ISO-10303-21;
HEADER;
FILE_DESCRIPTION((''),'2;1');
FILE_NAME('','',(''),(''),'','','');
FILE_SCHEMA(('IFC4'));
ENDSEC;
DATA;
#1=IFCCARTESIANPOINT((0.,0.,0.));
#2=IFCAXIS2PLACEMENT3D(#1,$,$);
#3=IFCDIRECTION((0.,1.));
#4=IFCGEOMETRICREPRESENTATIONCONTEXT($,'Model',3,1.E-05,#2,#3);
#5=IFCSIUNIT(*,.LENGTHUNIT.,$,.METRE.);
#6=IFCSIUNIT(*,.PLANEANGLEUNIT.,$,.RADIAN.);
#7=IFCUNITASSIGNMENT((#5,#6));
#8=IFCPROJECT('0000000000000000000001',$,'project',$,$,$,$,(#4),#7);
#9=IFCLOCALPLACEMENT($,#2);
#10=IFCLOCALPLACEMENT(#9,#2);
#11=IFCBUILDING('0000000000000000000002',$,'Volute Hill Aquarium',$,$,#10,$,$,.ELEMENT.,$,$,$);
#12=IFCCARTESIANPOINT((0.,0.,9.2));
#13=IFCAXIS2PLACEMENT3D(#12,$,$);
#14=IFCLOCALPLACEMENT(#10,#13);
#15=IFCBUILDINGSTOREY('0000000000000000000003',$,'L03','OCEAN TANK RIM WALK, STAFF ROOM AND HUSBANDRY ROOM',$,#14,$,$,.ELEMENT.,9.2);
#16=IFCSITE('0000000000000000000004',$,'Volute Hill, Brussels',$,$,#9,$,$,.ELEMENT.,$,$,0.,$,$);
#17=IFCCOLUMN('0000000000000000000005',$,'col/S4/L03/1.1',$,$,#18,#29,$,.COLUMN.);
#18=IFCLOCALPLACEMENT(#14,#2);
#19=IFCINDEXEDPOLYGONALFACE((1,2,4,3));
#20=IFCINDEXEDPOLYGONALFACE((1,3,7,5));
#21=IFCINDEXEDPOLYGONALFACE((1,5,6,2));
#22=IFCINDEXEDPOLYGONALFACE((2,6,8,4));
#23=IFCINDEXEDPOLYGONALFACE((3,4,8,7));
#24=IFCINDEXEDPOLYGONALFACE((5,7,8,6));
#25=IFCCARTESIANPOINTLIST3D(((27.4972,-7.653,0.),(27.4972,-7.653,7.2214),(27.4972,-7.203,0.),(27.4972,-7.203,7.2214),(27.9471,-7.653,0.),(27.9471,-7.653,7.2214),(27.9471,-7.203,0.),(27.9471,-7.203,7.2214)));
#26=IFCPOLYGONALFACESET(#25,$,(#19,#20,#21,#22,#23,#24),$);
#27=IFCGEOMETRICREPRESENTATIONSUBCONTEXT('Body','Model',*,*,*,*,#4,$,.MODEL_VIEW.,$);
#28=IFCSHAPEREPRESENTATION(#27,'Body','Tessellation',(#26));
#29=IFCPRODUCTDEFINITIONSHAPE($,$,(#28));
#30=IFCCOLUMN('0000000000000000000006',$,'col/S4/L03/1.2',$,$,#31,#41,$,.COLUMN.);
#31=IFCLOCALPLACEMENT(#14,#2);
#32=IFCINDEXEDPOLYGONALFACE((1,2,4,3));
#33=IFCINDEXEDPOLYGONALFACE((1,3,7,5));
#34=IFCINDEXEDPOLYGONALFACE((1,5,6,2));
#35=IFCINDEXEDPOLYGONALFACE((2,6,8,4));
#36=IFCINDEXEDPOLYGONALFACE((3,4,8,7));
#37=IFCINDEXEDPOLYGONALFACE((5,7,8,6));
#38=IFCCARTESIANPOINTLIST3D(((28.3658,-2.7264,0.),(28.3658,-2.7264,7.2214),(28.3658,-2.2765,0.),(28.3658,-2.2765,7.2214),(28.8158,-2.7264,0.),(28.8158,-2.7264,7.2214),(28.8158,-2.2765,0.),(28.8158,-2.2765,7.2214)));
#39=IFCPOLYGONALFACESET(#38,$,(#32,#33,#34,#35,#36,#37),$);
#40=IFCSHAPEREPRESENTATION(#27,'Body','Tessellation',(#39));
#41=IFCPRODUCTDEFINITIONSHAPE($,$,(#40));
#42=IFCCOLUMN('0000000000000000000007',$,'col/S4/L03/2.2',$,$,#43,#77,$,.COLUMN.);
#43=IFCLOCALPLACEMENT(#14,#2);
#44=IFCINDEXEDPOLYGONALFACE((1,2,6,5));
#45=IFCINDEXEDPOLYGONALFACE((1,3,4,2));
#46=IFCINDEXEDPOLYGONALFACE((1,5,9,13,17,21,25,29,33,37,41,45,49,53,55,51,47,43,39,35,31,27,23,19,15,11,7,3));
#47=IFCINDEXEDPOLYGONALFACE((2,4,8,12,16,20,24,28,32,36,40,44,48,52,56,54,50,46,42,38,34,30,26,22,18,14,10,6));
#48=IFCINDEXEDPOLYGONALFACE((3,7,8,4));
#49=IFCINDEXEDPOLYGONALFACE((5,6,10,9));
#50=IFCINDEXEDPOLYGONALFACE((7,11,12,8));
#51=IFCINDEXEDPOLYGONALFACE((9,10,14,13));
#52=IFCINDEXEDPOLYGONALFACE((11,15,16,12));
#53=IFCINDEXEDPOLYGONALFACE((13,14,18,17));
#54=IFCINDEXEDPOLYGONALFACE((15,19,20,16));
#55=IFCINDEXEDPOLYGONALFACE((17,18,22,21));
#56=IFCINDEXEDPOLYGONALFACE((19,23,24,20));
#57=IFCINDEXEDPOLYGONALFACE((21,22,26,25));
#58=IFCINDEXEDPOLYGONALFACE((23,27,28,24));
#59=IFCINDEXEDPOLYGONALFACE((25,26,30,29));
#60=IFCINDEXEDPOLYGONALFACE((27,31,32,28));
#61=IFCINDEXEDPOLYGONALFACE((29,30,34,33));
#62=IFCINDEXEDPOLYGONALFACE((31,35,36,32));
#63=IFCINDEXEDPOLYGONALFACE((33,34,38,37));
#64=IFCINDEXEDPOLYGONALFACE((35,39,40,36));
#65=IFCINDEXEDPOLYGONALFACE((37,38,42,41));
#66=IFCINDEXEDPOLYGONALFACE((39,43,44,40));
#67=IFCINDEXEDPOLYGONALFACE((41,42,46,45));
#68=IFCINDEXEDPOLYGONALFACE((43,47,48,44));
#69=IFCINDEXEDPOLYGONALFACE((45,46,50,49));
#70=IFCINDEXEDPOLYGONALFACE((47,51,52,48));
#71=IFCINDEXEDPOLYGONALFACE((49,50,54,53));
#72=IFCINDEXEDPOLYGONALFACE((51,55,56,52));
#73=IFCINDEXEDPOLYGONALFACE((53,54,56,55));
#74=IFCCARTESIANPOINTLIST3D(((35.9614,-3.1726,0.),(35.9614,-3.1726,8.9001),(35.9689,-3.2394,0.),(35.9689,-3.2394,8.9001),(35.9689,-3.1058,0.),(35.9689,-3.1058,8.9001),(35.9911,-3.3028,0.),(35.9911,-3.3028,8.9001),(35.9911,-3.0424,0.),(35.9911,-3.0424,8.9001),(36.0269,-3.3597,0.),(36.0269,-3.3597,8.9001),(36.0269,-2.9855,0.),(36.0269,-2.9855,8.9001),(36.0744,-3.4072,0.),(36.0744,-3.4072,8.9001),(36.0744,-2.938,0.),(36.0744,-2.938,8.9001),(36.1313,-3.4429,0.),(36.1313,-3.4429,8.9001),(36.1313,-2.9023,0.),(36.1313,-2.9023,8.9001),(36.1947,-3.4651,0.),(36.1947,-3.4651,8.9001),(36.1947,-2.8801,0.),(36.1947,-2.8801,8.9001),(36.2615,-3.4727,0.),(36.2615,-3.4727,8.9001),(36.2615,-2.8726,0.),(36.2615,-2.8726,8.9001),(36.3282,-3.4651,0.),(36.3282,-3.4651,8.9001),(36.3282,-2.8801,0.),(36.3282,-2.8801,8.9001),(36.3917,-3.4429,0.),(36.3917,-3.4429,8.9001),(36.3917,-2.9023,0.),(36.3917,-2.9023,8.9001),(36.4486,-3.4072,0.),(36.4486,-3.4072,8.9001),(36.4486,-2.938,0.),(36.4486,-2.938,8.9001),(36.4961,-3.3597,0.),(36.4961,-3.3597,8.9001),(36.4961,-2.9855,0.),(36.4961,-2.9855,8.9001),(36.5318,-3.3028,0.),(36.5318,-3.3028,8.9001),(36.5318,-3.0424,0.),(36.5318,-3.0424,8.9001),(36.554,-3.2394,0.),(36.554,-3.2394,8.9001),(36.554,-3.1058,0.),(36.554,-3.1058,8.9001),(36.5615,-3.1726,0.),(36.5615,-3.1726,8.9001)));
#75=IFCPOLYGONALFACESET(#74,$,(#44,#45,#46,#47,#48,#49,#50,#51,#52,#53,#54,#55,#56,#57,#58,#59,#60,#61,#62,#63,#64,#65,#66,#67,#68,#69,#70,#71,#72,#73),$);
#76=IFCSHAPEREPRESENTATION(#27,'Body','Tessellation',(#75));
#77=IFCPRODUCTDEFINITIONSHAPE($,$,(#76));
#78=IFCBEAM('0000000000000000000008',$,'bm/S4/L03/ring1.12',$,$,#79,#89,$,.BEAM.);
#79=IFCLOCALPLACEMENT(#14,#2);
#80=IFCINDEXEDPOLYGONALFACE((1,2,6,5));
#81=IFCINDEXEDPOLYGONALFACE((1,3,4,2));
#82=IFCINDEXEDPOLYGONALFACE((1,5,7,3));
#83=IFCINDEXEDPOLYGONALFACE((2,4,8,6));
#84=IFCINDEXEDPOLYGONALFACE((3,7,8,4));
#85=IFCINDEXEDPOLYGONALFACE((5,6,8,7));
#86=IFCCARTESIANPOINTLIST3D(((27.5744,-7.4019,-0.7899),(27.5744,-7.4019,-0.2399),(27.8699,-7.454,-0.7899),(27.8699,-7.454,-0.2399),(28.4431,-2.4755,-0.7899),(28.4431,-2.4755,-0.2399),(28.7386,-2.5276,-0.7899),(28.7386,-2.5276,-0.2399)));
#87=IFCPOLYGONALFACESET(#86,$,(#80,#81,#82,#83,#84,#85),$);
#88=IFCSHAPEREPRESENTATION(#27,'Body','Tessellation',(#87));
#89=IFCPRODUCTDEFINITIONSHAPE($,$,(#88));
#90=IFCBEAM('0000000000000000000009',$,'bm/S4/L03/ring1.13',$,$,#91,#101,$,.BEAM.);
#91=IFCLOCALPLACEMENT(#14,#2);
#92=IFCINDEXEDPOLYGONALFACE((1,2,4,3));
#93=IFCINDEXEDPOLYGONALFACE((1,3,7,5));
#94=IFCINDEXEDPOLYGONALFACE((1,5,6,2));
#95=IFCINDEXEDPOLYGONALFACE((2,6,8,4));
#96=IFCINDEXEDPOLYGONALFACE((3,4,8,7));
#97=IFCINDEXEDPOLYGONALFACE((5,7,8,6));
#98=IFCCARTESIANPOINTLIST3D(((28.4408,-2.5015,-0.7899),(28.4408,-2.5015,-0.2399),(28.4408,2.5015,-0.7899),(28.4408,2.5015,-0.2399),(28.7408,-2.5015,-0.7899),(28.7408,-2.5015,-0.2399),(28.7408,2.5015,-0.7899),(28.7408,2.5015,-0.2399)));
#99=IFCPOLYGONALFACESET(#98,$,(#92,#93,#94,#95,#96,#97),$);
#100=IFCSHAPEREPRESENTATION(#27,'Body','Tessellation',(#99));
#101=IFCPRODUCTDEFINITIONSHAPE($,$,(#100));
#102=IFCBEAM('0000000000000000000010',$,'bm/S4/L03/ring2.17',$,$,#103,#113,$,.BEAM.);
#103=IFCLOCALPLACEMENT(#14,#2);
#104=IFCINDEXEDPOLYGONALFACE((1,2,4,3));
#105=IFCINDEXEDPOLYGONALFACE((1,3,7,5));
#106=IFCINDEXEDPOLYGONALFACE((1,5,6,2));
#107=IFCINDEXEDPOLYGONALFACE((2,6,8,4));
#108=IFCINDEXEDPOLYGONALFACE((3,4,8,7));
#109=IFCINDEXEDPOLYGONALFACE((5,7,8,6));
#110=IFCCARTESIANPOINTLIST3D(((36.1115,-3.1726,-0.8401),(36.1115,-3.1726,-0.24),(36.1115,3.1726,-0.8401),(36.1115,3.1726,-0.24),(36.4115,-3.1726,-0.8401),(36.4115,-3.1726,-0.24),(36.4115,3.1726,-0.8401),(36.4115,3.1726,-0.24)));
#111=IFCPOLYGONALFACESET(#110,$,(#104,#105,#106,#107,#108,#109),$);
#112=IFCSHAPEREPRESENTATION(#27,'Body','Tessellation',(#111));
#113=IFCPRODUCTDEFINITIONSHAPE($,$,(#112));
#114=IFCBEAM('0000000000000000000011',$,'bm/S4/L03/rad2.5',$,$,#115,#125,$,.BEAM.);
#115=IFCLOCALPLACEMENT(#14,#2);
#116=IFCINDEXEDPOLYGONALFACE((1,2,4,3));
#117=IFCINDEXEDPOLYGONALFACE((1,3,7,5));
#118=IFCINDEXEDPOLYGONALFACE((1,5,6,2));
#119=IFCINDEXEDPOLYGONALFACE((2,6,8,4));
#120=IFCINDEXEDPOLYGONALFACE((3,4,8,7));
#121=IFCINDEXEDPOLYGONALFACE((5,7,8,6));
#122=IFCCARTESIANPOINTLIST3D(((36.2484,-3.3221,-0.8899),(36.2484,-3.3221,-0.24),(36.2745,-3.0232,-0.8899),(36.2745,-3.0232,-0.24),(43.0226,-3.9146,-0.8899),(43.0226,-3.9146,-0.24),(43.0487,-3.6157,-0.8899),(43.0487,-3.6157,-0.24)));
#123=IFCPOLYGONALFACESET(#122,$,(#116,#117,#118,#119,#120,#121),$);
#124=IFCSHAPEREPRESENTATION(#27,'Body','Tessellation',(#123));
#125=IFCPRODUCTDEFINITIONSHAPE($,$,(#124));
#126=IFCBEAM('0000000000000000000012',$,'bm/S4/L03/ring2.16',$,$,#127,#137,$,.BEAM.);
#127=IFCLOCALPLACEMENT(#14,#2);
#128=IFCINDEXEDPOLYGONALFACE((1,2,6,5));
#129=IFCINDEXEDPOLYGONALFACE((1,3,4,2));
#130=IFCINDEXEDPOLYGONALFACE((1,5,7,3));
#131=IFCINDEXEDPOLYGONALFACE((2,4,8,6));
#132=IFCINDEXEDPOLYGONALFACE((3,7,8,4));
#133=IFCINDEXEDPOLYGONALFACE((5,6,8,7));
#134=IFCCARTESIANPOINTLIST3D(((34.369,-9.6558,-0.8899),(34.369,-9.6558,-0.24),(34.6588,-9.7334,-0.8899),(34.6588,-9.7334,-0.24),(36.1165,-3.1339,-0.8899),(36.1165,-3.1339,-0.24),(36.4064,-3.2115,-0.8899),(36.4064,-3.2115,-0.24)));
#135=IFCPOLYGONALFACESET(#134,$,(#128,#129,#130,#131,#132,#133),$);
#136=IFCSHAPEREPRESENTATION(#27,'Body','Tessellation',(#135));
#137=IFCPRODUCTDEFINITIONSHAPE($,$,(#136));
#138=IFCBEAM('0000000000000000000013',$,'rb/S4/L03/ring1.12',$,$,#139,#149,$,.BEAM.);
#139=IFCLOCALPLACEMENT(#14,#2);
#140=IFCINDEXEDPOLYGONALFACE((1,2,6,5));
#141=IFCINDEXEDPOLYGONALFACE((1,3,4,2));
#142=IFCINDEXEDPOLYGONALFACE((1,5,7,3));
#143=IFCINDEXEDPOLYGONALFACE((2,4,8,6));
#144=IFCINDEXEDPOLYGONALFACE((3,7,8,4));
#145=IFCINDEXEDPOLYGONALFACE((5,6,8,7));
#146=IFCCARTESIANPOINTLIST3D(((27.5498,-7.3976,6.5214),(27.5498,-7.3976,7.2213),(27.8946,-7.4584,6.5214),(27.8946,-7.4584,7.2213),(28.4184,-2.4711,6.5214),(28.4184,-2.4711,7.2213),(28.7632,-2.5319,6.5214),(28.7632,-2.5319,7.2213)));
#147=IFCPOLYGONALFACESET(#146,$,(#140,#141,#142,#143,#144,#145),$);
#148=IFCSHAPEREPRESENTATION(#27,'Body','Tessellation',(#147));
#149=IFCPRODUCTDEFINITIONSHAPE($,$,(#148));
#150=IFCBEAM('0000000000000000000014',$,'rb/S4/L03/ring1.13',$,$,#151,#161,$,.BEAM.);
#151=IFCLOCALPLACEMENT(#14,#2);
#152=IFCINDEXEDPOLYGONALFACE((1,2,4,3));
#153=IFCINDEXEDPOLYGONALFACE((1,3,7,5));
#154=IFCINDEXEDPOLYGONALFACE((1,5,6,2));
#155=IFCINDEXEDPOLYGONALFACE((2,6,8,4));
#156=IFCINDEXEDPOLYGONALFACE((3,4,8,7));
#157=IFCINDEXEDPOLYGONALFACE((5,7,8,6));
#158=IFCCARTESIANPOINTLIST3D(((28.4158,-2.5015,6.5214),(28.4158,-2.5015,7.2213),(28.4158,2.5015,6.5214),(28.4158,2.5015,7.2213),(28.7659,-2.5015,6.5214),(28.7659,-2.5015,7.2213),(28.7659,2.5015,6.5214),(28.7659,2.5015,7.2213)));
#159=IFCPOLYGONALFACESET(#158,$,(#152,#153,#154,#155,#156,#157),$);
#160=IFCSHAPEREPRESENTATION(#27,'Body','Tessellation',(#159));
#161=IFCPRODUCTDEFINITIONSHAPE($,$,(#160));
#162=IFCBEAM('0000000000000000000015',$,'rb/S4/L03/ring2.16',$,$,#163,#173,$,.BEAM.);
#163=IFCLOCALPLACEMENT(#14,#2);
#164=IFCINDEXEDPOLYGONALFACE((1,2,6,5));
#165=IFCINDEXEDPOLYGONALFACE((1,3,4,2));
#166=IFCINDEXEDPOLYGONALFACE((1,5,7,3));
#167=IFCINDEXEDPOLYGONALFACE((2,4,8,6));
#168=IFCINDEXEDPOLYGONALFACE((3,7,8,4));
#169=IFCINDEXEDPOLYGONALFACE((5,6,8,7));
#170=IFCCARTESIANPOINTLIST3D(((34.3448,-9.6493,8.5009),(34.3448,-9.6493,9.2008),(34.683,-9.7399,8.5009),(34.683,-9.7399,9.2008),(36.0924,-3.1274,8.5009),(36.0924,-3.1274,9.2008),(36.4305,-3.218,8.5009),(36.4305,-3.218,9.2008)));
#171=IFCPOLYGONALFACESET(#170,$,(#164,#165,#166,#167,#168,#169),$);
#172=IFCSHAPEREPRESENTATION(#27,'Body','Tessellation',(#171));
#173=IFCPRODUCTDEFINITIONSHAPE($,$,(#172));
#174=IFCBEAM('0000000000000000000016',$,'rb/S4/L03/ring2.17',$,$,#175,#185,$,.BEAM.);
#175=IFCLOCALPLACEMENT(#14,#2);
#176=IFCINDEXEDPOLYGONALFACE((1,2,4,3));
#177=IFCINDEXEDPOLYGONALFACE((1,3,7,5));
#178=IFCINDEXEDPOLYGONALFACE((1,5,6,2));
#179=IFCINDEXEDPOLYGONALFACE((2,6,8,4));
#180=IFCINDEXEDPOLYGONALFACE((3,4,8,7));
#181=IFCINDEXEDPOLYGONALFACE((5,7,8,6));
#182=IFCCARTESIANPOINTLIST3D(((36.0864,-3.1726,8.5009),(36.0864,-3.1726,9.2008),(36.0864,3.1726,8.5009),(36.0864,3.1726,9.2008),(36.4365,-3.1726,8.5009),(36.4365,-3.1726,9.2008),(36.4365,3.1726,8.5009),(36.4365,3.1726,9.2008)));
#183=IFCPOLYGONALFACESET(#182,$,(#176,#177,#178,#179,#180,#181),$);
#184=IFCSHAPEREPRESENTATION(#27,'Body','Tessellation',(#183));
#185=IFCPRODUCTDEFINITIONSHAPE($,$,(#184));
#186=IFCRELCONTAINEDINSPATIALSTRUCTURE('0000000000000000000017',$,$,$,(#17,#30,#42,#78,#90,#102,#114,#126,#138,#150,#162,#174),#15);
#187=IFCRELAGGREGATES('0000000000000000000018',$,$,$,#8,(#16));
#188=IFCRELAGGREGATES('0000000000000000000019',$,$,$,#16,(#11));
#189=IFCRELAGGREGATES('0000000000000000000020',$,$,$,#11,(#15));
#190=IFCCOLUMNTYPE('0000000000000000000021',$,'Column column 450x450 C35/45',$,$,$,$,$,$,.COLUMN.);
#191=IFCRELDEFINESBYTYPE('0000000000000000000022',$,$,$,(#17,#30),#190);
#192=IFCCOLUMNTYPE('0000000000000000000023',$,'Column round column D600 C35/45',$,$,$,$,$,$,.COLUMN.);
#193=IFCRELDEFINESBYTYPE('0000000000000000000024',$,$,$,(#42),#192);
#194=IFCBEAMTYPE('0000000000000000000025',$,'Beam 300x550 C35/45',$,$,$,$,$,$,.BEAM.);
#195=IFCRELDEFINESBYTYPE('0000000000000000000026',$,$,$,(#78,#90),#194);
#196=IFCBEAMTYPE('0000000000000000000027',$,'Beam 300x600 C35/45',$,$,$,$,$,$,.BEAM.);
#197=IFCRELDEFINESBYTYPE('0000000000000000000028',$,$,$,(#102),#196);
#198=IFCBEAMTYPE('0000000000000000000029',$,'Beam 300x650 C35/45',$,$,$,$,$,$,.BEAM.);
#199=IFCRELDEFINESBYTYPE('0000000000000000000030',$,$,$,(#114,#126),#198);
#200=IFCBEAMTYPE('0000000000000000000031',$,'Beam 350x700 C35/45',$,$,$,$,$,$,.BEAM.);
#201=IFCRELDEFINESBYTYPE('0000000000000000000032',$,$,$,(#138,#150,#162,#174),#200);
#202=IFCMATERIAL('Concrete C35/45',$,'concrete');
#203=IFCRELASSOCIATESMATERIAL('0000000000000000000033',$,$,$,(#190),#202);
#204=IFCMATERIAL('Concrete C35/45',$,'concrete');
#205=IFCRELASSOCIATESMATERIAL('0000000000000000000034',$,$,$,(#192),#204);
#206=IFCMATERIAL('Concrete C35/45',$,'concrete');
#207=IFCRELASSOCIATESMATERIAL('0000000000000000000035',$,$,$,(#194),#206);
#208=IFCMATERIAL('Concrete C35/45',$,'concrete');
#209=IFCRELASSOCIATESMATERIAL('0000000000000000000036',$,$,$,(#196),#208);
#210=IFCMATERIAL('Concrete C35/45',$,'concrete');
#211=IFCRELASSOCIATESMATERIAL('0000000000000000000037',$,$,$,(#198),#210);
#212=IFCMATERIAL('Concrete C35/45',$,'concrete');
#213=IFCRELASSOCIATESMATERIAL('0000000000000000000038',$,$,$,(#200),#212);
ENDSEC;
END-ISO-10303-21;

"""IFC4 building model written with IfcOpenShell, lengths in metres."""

from ifc_helpers import new_model, si_unit, direction, frame, origin, origin_2d, place, context, subcontext, project, spatial, rectangle, circle, extrude, material, material_profile, profile_set, type_object, element, save


model = new_model("IFC4")

# Units and contexts
model_context = context("Model", 3, precision=1e-05, world=origin(), true_north=direction((0.0, 1.0)))
body_context = subcontext(model_context, "Body", "Model", "MODEL_VIEW")
ifc_project = project(units=[si_unit("LENGTHUNIT", "METRE"), si_unit("PLANEANGLEUNIT", "RADIAN")], contexts=[model_context])

# Site, building, storey
site_placement = place(None, origin())
site = spatial("IfcSite", under=ifc_project, at=site_placement, Name="Volute Hill, Brussels", CompositionType="ELEMENT", RefElevation=0.0)
building_placement = place(site_placement, origin())
building = spatial("IfcBuilding", under=site, at=building_placement, Name="Volute Hill Aquarium", CompositionType="ELEMENT")
storey_placement = place(building_placement, frame((0.0, 0.0, 9.2)))
storey = spatial("IfcBuildingStorey", under=building, at=storey_placement, Name="L03", Description="OCEAN TANK RIM WALK, STAFF ROOM AND HUSBANDRY ROOM", CompositionType="ELEMENT", Elevation=9.2)

# Columns
ifc_material_1 = material(Name="Concrete C35/45", Category="concrete")
ifc_material_profile_1 = material_profile(ifc_material_1, rectangle(XDim=0.45, YDim=0.45, at=origin_2d()), Name="RC column 450x450")
ifc_profile_set_1 = profile_set([ifc_material_profile_1], Name="Concrete C35/45")
column_type_1 = type_object("IfcColumnType", Name="Column column 450x450 C35/45", PredefinedType="COLUMN", material=ifc_profile_set_1)
for number, where, z_axis, x_axis, name in (
    (1, (27.7222, -7.428, 0.0), (0.0, 0.0, 1.0), (1.0, 0.0, 0.0), "col/S4/L03/1.1"),
    (2, (28.5908, -2.5015, 0.0), (0.0, 0.0, 1.0), (1.0, 0.0, 0.0), "col/S4/L03/1.2"),
):
    element("IfcColumn", number, at=place(storey_placement, frame(where, z_axis=z_axis, x_axis=x_axis)), inside=storey, type_object=column_type_1, Name=name, PredefinedType="COLUMN", context=body_context, shape_type="SweptSolid", body=[
        extrude(rectangle(XDim=0.45, YDim=0.45, at=origin_2d()), origin(), (0.0, 0.0, 1.0), 7.2214),
    ])
ifc_material_2 = material(Name="Concrete C35/45", Category="concrete")
ifc_material_profile_2 = material_profile(ifc_material_2, circle(Radius=0.3, at=origin_2d()), Name="RC round column D600")
ifc_profile_set_2 = profile_set([ifc_material_profile_2], Name="Concrete C35/45")
column_type_2 = type_object("IfcColumnType", Name="Column round column D600 C35/45", PredefinedType="COLUMN", material=ifc_profile_set_2)
column_placement = place(storey_placement, frame((36.2615, -3.1726, 0.0), z_axis=(0.0, 0.0, 1.0), x_axis=(1.0, 0.0, 0.0)))
element("IfcColumn", 3, at=column_placement, inside=storey, type_object=column_type_2, Name="col/S4/L03/2.2", PredefinedType="COLUMN", context=body_context, shape_type="SweptSolid", body=[
    extrude(circle(Radius=0.3, at=origin_2d()), origin(), (0.0, 0.0, 1.0), 8.9001),
])

# Beams
ifc_material_3 = material(Name="Concrete C35/45", Category="concrete")
ifc_material_profile_3 = material_profile(ifc_material_3, rectangle(XDim=0.3, YDim=0.55, at=origin_2d()), Name="RC beam 300x550")
ifc_profile_set_3 = profile_set([ifc_material_profile_3], Name="Concrete C35/45")
beam_type_1 = type_object("IfcBeamType", Name="Beam 300x550 C35/45", PredefinedType="BEAM", material=ifc_profile_set_3)
beam_1_placement = place(storey_placement, frame((27.7222, -7.428, -0.5149), z_axis=(0.173643, 0.984809, 0.0), x_axis=(-0.984809, 0.173643, 0.0)))
element("IfcBeam", 4, at=beam_1_placement, inside=storey, type_object=beam_type_1, Name="bm/S4/L03/ring1.12", PredefinedType="BEAM", context=body_context, shape_type="SweptSolid", body=[
    extrude(rectangle(XDim=0.3, YDim=0.55, at=origin_2d()), origin(), (0.0, 0.0, 1.0), 5.0024),
])
beam_2_placement = place(storey_placement, frame((28.5908, -2.5015, -0.5149), z_axis=(0.0, 1.0, 0.0), x_axis=(-1.0, 0.0, 0.0)))
element("IfcBeam", 5, at=beam_2_placement, inside=storey, type_object=beam_type_1, Name="bm/S4/L03/ring1.13", PredefinedType="BEAM", context=body_context, shape_type="SweptSolid", body=[
    extrude(rectangle(XDim=0.3, YDim=0.55, at=origin_2d()), origin(), (0.0, 0.0, 1.0), 5.0029),
])
ifc_material_4 = material(Name="Concrete C35/45", Category="concrete")
ifc_material_profile_4 = material_profile(ifc_material_4, rectangle(XDim=0.3, YDim=0.6001, at=origin_2d()), Name="RC beam 300x600")
ifc_profile_set_4 = profile_set([ifc_material_profile_4], Name="Concrete C35/45")
beam_type_2 = type_object("IfcBeamType", Name="Beam 300x600 C35/45", PredefinedType="BEAM", material=ifc_profile_set_4)
beam_3_placement = place(storey_placement, frame((36.2615, -3.1726, -0.54), z_axis=(0.0, 1.0, 0.0), x_axis=(-1.0, 0.0, 0.0)))
element("IfcBeam", 6, at=beam_3_placement, inside=storey, type_object=beam_type_2, Name="bm/S4/L03/ring2.17", PredefinedType="BEAM", context=body_context, shape_type="SweptSolid", body=[
    extrude(rectangle(XDim=0.3, YDim=0.6001, at=origin_2d()), origin(), (0.0, 0.0, 1.0), 6.3452),
])
ifc_material_5 = material(Name="Concrete C35/45", Category="concrete")
ifc_material_profile_5 = material_profile(ifc_material_5, rectangle(XDim=0.3, YDim=0.6499, at=origin_2d()), Name="RC beam 300x650")
ifc_profile_set_5 = profile_set([ifc_material_profile_5], Name="Concrete C35/45")
beam_type_3 = type_object("IfcBeamType", Name="Beam 300x650 C35/45", PredefinedType="BEAM", material=ifc_profile_set_5)
beam_4_placement = place(storey_placement, frame((36.2615, -3.1726, -0.5649), z_axis=(0.996196, -0.087136, 0.0), x_axis=(0.087136, 0.996196, 0.0)))
element("IfcBeam", 7, at=beam_4_placement, inside=storey, type_object=beam_type_3, Name="bm/S4/L03/rad2.5", PredefinedType="BEAM", context=body_context, shape_type="SweptSolid", body=[
    extrude(rectangle(XDim=0.3, YDim=0.6499, at=origin_2d()), origin(), (0.0, 0.0, 1.0), 6.8),
])
beam_5_placement = place(storey_placement, frame((34.5139, -9.6946, -0.5649), z_axis=(0.258819, 0.965926, 0.0), x_axis=(-0.965926, 0.258819, 0.0)))
element("IfcBeam", 8, at=beam_5_placement, inside=storey, type_object=beam_type_3, Name="bm/S4/L03/ring2.16", PredefinedType="BEAM", context=body_context, shape_type="SweptSolid", body=[
    extrude(rectangle(XDim=0.3, YDim=0.6499, at=origin_2d()), origin(), (0.0, 0.0, 1.0), 6.752),
])
ifc_material_6 = material(Name="Concrete C35/45", Category="concrete")
ifc_material_profile_6 = material_profile(ifc_material_6, rectangle(XDim=0.3501, YDim=0.7, at=origin_2d()), Name="RC beam 350x700")
ifc_profile_set_6 = profile_set([ifc_material_profile_6], Name="Concrete C35/45")
beam_type_4 = type_object("IfcBeamType", Name="Beam 350x700 C35/45", PredefinedType="BEAM", material=ifc_profile_set_6)
beam_6_placement = place(storey_placement, frame((27.7222, -7.428, 6.8713), z_axis=(0.173643, 0.984809, 0.0), x_axis=(-0.984809, 0.173643, 0.0)))
element("IfcBeam", 9, at=beam_6_placement, inside=storey, type_object=beam_type_4, Name="rb/S4/L03/ring1.12", PredefinedType="BEAM", context=body_context, shape_type="SweptSolid", body=[
    extrude(rectangle(XDim=0.3501, YDim=0.7, at=origin_2d()), origin(), (0.0, 0.0, 1.0), 5.0024),
])
beam_7_placement = place(storey_placement, frame((28.5908, -2.5015, 6.8713), z_axis=(0.0, 1.0, 0.0), x_axis=(-1.0, 0.0, 0.0)))
element("IfcBeam", 10, at=beam_7_placement, inside=storey, type_object=beam_type_4, Name="rb/S4/L03/ring1.13", PredefinedType="BEAM", context=body_context, shape_type="SweptSolid", body=[
    extrude(rectangle(XDim=0.3501, YDim=0.7, at=origin_2d()), origin(), (0.0, 0.0, 1.0), 5.0029),
])
beam_8_placement = place(storey_placement, frame((34.5139, -9.6946, 8.8508), z_axis=(0.258819, 0.965926, 0.0), x_axis=(-0.965926, 0.258819, 0.0)))
element("IfcBeam", 11, at=beam_8_placement, inside=storey, type_object=beam_type_4, Name="rb/S4/L03/ring2.16", PredefinedType="BEAM", context=body_context, shape_type="SweptSolid", body=[
    extrude(rectangle(XDim=0.3501, YDim=0.7, at=origin_2d()), origin(), (0.0, 0.0, 1.0), 6.752),
])
beam_9_placement = place(storey_placement, frame((36.2615, -3.1726, 8.8508), z_axis=(0.0, 1.0, 0.0), x_axis=(-1.0, 0.0, 0.0)))
element("IfcBeam", 12, at=beam_9_placement, inside=storey, type_object=beam_type_4, Name="rb/S4/L03/ring2.17", PredefinedType="BEAM", context=body_context, shape_type="SweptSolid", body=[
    extrude(rectangle(XDim=0.3501, YDim=0.7, at=origin_2d()), origin(), (0.0, 0.0, 1.0), 6.3452),
])

save(model, "model.ifc")
